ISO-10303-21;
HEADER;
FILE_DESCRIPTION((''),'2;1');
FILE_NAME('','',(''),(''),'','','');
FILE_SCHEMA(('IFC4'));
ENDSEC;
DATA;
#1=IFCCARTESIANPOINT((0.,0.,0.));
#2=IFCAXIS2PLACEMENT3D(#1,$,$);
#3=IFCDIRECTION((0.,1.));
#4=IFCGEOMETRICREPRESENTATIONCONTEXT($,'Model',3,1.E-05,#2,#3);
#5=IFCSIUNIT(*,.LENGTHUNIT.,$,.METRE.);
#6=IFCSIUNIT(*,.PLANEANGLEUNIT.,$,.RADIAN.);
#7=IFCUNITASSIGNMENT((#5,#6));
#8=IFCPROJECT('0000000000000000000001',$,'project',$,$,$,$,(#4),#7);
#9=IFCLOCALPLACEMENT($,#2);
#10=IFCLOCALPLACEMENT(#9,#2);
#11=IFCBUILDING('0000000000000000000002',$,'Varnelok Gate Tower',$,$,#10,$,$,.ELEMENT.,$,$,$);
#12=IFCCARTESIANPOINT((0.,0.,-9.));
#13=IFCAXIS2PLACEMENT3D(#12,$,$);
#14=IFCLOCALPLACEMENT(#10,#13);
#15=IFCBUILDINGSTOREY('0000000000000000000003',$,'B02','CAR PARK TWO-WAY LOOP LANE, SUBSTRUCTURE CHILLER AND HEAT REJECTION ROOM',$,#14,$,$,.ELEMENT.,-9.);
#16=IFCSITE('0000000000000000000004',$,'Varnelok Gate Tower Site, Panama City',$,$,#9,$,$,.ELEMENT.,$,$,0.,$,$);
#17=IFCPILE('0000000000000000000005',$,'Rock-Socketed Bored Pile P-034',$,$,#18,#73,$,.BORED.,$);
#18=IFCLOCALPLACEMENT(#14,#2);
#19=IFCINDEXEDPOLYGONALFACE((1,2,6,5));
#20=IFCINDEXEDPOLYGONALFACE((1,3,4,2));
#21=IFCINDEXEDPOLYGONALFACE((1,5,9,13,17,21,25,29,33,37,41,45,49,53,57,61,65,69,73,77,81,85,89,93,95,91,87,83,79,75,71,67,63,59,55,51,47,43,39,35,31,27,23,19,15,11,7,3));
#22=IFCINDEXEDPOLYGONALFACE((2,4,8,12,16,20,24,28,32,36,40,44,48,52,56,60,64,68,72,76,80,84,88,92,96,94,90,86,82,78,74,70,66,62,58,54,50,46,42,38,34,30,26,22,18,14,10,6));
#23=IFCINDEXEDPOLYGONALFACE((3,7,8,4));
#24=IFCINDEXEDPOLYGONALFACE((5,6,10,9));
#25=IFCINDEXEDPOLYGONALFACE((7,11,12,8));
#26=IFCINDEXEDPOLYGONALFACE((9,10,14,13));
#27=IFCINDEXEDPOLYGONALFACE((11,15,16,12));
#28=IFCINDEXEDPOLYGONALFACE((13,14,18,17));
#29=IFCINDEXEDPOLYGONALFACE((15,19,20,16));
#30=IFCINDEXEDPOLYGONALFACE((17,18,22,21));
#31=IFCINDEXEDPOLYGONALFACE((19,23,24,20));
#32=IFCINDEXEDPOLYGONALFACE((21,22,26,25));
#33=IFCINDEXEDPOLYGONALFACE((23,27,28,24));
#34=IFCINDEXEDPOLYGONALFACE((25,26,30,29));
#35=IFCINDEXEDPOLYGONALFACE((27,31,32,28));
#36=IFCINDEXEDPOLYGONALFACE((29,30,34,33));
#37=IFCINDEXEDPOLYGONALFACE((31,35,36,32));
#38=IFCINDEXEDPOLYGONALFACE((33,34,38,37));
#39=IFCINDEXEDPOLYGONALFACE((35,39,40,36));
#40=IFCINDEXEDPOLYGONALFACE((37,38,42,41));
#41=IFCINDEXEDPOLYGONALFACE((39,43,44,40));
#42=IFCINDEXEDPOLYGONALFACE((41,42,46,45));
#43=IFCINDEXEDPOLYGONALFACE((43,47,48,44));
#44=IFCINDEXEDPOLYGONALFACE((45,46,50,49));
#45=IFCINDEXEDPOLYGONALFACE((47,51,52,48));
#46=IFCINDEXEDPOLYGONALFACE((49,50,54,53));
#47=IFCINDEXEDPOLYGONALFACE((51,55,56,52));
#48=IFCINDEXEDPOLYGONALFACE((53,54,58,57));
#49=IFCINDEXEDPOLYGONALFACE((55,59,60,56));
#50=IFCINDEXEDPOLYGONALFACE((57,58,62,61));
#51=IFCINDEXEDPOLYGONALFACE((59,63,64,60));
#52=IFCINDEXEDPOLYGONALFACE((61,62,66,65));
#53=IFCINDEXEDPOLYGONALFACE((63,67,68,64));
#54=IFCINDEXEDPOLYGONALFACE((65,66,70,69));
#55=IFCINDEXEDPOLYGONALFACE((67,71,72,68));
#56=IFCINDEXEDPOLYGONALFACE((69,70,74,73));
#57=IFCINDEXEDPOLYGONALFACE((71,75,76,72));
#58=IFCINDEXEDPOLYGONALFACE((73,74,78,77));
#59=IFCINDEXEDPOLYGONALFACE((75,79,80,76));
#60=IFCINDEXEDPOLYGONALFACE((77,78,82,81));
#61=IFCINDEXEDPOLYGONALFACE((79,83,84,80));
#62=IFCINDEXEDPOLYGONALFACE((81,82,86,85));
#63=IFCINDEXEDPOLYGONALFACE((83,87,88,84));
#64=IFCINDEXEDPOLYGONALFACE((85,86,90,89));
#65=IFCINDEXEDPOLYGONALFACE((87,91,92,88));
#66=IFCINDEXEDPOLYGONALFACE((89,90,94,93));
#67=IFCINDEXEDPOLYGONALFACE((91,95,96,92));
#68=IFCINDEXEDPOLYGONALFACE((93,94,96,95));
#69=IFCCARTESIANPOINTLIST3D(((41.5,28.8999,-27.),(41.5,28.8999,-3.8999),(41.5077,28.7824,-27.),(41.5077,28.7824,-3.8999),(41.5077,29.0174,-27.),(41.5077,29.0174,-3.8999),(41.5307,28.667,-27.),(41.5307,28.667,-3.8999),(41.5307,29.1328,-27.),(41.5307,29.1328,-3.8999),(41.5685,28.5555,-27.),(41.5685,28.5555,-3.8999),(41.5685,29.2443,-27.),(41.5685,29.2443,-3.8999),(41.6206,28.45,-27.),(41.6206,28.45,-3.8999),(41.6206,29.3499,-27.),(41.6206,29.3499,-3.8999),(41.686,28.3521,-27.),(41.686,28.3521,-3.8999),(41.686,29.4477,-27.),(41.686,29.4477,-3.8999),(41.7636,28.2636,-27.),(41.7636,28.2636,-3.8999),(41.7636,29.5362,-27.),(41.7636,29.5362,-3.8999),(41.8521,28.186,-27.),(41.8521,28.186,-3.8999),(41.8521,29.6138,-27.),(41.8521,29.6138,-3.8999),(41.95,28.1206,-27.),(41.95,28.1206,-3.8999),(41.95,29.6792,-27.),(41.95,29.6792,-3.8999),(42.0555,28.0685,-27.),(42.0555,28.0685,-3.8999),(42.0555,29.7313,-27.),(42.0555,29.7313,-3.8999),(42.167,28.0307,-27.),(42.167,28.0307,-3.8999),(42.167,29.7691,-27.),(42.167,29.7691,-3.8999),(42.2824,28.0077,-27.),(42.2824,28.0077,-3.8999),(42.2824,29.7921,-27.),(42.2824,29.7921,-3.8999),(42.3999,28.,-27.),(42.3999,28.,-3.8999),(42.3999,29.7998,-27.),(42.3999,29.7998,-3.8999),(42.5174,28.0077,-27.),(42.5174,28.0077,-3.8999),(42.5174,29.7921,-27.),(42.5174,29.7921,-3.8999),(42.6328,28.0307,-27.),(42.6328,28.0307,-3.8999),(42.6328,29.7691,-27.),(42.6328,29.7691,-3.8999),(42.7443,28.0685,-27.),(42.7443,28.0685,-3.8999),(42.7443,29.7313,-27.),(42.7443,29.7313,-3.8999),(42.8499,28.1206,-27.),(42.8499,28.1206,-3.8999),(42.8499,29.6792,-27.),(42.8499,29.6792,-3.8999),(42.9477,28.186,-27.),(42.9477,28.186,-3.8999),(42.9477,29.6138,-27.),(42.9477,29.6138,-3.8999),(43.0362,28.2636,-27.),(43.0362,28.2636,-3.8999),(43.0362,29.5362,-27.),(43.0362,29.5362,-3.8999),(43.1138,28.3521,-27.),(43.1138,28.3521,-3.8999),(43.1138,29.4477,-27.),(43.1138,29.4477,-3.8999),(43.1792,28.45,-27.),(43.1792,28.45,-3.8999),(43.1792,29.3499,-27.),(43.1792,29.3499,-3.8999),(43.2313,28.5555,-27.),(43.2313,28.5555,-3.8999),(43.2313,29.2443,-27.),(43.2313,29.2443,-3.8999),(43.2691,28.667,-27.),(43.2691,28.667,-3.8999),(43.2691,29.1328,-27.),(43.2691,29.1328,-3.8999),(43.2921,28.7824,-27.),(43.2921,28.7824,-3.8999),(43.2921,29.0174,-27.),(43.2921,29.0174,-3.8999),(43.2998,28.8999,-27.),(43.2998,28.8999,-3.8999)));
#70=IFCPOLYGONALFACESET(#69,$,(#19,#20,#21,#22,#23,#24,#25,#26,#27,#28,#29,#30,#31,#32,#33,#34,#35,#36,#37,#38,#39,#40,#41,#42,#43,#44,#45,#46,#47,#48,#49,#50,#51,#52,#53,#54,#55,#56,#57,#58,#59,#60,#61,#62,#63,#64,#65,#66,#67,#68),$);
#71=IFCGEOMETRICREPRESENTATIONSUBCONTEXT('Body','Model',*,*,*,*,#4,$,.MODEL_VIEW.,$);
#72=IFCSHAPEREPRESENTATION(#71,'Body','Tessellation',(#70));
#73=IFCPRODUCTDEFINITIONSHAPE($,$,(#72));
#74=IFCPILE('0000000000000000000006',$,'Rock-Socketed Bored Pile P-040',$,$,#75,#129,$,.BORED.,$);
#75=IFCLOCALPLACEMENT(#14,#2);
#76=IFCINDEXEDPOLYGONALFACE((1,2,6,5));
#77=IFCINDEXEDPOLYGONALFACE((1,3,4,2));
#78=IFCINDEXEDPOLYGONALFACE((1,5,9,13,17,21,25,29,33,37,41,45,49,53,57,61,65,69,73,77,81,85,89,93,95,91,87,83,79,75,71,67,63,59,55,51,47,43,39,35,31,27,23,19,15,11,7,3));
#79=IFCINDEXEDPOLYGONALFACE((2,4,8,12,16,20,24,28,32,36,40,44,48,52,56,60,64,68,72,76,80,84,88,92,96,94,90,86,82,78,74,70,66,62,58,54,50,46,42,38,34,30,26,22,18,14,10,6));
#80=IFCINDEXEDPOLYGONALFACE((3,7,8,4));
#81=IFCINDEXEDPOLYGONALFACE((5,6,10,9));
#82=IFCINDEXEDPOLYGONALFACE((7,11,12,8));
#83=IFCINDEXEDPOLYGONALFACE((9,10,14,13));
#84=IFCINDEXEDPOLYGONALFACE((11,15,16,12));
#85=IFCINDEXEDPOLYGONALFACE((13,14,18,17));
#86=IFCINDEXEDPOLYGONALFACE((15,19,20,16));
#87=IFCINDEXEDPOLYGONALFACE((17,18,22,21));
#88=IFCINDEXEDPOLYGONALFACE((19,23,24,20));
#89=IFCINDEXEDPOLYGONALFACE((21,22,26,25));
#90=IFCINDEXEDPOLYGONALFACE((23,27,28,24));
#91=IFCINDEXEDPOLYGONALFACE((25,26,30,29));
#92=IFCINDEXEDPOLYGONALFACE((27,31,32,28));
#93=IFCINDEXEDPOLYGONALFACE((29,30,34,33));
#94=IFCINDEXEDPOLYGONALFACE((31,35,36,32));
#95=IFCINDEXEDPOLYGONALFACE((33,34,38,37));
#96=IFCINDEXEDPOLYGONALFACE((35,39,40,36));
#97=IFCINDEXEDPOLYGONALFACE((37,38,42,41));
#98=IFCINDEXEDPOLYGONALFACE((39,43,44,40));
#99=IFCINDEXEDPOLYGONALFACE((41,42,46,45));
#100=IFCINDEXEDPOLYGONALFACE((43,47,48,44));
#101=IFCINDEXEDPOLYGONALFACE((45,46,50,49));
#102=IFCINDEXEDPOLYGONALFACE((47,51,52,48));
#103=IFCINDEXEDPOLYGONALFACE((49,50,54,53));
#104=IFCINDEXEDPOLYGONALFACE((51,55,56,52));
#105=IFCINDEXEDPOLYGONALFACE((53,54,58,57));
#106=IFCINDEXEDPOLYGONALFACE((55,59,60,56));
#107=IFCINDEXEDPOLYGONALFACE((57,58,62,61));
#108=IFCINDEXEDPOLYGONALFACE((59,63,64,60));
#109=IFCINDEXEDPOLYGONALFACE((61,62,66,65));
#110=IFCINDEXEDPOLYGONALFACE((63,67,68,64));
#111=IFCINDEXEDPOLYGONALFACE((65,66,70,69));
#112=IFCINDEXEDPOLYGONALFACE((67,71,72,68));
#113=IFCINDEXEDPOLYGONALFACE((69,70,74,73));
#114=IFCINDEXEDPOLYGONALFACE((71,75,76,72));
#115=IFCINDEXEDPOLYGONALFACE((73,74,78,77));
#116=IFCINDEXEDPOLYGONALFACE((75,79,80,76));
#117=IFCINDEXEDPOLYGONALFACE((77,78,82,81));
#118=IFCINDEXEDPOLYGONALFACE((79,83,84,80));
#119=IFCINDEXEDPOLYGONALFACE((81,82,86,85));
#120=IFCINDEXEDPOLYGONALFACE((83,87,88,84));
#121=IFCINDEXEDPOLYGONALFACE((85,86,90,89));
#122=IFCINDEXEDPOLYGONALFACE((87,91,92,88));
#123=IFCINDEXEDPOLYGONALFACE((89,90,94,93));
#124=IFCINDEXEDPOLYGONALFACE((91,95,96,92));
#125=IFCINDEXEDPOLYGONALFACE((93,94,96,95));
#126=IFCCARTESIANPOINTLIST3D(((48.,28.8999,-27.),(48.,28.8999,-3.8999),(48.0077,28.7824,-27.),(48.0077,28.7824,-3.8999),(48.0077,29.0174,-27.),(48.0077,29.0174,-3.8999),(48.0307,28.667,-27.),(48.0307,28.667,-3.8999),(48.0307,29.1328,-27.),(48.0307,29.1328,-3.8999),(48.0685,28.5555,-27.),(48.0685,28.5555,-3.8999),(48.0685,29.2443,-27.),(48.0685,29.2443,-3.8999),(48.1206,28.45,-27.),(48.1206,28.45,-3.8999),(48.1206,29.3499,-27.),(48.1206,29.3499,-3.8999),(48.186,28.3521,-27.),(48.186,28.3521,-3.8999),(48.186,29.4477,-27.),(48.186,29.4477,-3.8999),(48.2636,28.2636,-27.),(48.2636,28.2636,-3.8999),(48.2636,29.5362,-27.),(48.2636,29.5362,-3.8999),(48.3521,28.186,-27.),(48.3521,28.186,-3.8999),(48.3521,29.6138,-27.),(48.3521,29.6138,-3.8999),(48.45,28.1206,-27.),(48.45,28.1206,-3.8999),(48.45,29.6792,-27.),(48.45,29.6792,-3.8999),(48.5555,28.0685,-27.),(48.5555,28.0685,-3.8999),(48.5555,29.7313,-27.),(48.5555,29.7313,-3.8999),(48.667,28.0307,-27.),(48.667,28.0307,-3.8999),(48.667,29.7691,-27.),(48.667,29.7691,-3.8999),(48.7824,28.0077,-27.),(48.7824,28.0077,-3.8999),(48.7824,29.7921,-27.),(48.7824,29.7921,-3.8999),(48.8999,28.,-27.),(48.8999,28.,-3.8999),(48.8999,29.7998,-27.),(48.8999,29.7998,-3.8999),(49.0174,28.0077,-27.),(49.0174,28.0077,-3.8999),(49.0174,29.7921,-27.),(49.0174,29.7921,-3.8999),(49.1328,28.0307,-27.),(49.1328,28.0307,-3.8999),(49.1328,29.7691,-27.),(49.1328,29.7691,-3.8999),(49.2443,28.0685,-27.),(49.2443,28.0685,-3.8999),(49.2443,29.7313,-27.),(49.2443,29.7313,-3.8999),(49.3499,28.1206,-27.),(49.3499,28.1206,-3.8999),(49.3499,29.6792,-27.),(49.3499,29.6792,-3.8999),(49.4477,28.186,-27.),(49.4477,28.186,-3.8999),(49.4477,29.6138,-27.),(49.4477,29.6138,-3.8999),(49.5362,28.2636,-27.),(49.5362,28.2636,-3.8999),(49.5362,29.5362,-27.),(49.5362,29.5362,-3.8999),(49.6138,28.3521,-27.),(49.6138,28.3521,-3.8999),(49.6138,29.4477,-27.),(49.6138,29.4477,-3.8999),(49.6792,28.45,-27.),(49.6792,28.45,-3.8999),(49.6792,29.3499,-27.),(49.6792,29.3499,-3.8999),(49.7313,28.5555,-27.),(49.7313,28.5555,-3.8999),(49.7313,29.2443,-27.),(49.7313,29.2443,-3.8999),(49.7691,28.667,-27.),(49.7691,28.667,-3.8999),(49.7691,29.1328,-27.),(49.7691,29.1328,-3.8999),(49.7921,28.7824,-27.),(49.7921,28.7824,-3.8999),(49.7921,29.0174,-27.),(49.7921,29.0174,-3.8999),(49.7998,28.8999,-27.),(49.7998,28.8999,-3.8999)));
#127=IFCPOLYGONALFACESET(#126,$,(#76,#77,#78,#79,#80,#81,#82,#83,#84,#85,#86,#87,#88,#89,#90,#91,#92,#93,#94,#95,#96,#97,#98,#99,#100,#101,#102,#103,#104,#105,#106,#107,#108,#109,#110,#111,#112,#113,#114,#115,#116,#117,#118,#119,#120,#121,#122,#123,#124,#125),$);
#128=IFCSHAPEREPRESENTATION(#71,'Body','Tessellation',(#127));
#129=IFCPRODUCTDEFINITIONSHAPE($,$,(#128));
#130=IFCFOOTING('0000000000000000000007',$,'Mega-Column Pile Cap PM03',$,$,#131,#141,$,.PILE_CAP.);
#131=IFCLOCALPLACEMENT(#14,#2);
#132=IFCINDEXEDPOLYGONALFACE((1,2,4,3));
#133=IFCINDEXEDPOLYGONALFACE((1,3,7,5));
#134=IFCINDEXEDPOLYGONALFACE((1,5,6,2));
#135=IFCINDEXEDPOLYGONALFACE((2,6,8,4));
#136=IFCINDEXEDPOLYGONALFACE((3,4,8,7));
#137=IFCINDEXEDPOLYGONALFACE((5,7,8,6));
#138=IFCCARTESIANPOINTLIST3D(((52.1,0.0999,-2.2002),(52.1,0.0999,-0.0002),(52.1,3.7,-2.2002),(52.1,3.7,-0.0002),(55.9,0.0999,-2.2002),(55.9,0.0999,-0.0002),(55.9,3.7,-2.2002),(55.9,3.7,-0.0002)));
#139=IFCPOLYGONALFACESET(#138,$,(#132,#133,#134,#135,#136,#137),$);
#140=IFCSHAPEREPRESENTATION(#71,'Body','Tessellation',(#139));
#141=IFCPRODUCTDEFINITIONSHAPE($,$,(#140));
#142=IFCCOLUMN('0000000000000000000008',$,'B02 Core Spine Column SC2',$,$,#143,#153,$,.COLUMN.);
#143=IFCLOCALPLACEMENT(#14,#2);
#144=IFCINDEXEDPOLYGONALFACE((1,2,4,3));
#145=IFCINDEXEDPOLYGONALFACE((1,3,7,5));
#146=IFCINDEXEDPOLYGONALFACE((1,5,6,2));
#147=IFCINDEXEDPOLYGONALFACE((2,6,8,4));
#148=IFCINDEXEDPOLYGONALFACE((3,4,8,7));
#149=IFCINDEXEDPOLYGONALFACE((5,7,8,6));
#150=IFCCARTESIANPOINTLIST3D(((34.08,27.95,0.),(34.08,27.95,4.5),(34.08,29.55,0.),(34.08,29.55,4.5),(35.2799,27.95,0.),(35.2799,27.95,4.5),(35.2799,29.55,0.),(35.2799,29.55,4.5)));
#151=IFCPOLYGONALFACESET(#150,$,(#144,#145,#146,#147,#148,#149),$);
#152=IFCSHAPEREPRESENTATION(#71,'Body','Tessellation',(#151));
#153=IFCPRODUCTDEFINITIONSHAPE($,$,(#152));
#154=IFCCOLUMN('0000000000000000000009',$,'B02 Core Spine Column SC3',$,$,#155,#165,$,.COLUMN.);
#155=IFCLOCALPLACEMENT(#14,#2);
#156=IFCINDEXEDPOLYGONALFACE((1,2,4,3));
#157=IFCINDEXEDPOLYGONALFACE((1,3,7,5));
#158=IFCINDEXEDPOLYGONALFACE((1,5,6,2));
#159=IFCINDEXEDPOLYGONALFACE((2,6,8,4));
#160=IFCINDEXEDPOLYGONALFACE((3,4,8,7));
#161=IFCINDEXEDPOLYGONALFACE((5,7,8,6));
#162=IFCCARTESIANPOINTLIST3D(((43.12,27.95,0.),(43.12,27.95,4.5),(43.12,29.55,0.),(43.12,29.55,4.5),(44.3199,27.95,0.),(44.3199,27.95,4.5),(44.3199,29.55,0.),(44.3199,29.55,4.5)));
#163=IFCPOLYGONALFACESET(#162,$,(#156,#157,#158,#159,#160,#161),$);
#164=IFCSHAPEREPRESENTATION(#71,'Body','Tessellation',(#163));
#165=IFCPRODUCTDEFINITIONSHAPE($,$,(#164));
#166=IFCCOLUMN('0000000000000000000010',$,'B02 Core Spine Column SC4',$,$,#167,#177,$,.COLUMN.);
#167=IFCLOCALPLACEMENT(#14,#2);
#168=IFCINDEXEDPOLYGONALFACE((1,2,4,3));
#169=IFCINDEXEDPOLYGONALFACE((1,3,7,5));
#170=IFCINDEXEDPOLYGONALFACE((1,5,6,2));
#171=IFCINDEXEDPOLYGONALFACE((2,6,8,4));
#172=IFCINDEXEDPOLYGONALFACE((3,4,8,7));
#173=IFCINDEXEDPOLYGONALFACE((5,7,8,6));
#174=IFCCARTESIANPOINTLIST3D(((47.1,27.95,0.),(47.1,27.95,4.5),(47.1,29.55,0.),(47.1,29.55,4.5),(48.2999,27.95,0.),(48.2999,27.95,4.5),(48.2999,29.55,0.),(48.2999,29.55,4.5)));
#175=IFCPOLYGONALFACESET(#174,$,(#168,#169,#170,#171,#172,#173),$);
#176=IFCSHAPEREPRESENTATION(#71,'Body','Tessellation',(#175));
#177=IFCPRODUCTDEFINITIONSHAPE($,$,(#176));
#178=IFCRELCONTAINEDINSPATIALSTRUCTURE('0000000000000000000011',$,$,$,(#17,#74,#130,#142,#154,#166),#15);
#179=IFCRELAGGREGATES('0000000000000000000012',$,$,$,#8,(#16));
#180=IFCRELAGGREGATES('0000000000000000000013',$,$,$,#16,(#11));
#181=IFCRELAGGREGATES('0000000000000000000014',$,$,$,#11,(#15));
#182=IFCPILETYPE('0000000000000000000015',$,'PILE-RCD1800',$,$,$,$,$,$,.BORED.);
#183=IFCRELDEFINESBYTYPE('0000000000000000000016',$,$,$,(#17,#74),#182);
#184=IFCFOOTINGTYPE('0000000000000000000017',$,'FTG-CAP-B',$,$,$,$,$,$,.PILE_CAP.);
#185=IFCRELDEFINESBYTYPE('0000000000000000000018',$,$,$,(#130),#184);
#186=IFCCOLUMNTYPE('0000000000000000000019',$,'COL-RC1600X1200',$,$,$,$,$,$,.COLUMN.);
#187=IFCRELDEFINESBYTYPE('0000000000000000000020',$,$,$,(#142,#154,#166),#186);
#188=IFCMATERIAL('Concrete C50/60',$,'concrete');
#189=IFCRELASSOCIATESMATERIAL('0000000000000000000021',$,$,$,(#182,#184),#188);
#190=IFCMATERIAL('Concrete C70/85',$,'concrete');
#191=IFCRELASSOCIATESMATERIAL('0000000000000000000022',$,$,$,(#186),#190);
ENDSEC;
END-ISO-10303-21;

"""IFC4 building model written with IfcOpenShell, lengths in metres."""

from ifc_helpers import new_model, si_unit, direction, frame, origin, origin_2d, place, context, subcontext, project, spatial, rectangle, circle, extrude, source, transform, mapped, material, material_profile, profile_set, type_object, element, save


model = new_model("IFC4")

# Units and contexts
model_context = context("Model", 3, precision=1e-05, world=origin(), true_north=direction((0.0, 1.0)))
body_context = subcontext(model_context, "Body", "Model", "MODEL_VIEW")
ifc_project = project(units=[si_unit("LENGTHUNIT", "METRE"), si_unit("PLANEANGLEUNIT", "RADIAN")], contexts=[model_context])

# Site, building, storey
site_placement = place(None, origin())
site = spatial("IfcSite", under=ifc_project, at=site_placement, Name="Varnelok Gate Tower Site, Panama City", CompositionType="ELEMENT", RefElevation=0.0)
building_placement = place(site_placement, origin())
building = spatial("IfcBuilding", under=site, at=building_placement, Name="Varnelok Gate Tower", CompositionType="ELEMENT")
storey_placement = place(building_placement, frame((0.0, 0.0, -9.0)))
storey = spatial("IfcBuildingStorey", under=building, at=storey_placement, Name="B02", Description="CAR PARK TWO-WAY LOOP LANE, SUBSTRUCTURE CHILLER AND HEAT REJECTION ROOM", CompositionType="ELEMENT", Elevation=-9.0)

# Shared definitions
ifc_material_1 = material(Name="Concrete C50/60", Category="concrete")

# Piles
ifc_material_profile_1 = material_profile(ifc_material_1, circle(Radius=0.8999, at=origin_2d()), Name="RCD1800")
ifc_profile_set_1 = profile_set([ifc_material_profile_1], Name="Concrete C50/60")
pile_type_1 = type_object("IfcPileType", Name="PILE-RCD1800", PredefinedType="BORED", material=ifc_profile_set_1)
for number, where, z_axis, x_axis, name in (
    (1, (42.3999, 28.8999, -3.8999), (0.0, 0.0, -1.0), (1.0, 0.0, 0.0), "Rock-Socketed Bored Pile P-034"),
    (2, (48.8999, 28.8999, -3.8999), (0.0, 0.0, -1.0), (1.0, 0.0, 0.0), "Rock-Socketed Bored Pile P-040"),
):
    element("IfcPile", number, at=place(storey_placement, frame(where, z_axis=z_axis, x_axis=x_axis)), inside=storey, type_object=pile_type_1, Name=name, PredefinedType="BORED", context=body_context, shape_type="SweptSolid", body=[
        extrude(circle(Radius=0.8999, at=origin_2d()), origin(), (0.0, 0.0, 1.0), 23.1001),
    ])

# Footing
footing_type_1 = type_object("IfcFootingType", Name="FTG-CAP-B", PredefinedType="PILE_CAP", material=ifc_material_1)
shared_shape = source(origin(), body_context, "Body", "SweptSolid", [
    extrude(rectangle(XDim=3.8, YDim=3.6001, at=origin_2d()), origin(), (0.0, 0.0, 1.0), 2.2),
])
footing_1_placement = place(storey_placement, frame((54.0, 1.8999, -2.2002), z_axis=(0.0, 0.0, 1.0), x_axis=(1.0, 0.0, 0.0)))
element("IfcFooting", 3, at=footing_1_placement, inside=storey, type_object=footing_type_1, Name="Mega-Column Pile Cap PM03", PredefinedType="PILE_CAP", context=body_context, shape_type="MappedRepresentation", body=[
    mapped(shared_shape, transform((0.0, 0.0, 0.0), scale=1.0)),
])

# Columns
ifc_material_2 = material(Name="Concrete C70/85", Category="concrete")
ifc_material_profile_2 = material_profile(ifc_material_2, rectangle(XDim=1.2, YDim=1.6001, at=origin_2d()), Name="RC1600X1200")
ifc_profile_set_2 = profile_set([ifc_material_profile_2], Name="Concrete C70/85")
column_type_1 = type_object("IfcColumnType", Name="COL-RC1600X1200", PredefinedType="COLUMN", material=ifc_profile_set_2)
for number, where, z_axis, x_axis, name in (
    (4, (34.6799, 28.75, 0.0), (0.0, 0.0, 1.0), (1.0, 0.0, 0.0), "B02 Core Spine Column SC2"),
    (5, (43.72, 28.75, 0.0), (0.0, 0.0, 1.0), (1.0, 0.0, 0.0), "B02 Core Spine Column SC3"),
    (6, (47.7, 28.75, 0.0), (0.0, 0.0, 1.0), (1.0, 0.0, 0.0), "B02 Core Spine Column SC4"),
):
    element("IfcColumn", number, at=place(storey_placement, frame(where, z_axis=z_axis, x_axis=x_axis)), inside=storey, type_object=column_type_1, Name=name, PredefinedType="COLUMN", context=body_context, shape_type="SweptSolid", body=[
        extrude(rectangle(XDim=1.2, YDim=1.6001, at=origin_2d()), origin(), (0.0, 0.0, 1.0), 4.5),
    ])

save(model, "model.ifc")
